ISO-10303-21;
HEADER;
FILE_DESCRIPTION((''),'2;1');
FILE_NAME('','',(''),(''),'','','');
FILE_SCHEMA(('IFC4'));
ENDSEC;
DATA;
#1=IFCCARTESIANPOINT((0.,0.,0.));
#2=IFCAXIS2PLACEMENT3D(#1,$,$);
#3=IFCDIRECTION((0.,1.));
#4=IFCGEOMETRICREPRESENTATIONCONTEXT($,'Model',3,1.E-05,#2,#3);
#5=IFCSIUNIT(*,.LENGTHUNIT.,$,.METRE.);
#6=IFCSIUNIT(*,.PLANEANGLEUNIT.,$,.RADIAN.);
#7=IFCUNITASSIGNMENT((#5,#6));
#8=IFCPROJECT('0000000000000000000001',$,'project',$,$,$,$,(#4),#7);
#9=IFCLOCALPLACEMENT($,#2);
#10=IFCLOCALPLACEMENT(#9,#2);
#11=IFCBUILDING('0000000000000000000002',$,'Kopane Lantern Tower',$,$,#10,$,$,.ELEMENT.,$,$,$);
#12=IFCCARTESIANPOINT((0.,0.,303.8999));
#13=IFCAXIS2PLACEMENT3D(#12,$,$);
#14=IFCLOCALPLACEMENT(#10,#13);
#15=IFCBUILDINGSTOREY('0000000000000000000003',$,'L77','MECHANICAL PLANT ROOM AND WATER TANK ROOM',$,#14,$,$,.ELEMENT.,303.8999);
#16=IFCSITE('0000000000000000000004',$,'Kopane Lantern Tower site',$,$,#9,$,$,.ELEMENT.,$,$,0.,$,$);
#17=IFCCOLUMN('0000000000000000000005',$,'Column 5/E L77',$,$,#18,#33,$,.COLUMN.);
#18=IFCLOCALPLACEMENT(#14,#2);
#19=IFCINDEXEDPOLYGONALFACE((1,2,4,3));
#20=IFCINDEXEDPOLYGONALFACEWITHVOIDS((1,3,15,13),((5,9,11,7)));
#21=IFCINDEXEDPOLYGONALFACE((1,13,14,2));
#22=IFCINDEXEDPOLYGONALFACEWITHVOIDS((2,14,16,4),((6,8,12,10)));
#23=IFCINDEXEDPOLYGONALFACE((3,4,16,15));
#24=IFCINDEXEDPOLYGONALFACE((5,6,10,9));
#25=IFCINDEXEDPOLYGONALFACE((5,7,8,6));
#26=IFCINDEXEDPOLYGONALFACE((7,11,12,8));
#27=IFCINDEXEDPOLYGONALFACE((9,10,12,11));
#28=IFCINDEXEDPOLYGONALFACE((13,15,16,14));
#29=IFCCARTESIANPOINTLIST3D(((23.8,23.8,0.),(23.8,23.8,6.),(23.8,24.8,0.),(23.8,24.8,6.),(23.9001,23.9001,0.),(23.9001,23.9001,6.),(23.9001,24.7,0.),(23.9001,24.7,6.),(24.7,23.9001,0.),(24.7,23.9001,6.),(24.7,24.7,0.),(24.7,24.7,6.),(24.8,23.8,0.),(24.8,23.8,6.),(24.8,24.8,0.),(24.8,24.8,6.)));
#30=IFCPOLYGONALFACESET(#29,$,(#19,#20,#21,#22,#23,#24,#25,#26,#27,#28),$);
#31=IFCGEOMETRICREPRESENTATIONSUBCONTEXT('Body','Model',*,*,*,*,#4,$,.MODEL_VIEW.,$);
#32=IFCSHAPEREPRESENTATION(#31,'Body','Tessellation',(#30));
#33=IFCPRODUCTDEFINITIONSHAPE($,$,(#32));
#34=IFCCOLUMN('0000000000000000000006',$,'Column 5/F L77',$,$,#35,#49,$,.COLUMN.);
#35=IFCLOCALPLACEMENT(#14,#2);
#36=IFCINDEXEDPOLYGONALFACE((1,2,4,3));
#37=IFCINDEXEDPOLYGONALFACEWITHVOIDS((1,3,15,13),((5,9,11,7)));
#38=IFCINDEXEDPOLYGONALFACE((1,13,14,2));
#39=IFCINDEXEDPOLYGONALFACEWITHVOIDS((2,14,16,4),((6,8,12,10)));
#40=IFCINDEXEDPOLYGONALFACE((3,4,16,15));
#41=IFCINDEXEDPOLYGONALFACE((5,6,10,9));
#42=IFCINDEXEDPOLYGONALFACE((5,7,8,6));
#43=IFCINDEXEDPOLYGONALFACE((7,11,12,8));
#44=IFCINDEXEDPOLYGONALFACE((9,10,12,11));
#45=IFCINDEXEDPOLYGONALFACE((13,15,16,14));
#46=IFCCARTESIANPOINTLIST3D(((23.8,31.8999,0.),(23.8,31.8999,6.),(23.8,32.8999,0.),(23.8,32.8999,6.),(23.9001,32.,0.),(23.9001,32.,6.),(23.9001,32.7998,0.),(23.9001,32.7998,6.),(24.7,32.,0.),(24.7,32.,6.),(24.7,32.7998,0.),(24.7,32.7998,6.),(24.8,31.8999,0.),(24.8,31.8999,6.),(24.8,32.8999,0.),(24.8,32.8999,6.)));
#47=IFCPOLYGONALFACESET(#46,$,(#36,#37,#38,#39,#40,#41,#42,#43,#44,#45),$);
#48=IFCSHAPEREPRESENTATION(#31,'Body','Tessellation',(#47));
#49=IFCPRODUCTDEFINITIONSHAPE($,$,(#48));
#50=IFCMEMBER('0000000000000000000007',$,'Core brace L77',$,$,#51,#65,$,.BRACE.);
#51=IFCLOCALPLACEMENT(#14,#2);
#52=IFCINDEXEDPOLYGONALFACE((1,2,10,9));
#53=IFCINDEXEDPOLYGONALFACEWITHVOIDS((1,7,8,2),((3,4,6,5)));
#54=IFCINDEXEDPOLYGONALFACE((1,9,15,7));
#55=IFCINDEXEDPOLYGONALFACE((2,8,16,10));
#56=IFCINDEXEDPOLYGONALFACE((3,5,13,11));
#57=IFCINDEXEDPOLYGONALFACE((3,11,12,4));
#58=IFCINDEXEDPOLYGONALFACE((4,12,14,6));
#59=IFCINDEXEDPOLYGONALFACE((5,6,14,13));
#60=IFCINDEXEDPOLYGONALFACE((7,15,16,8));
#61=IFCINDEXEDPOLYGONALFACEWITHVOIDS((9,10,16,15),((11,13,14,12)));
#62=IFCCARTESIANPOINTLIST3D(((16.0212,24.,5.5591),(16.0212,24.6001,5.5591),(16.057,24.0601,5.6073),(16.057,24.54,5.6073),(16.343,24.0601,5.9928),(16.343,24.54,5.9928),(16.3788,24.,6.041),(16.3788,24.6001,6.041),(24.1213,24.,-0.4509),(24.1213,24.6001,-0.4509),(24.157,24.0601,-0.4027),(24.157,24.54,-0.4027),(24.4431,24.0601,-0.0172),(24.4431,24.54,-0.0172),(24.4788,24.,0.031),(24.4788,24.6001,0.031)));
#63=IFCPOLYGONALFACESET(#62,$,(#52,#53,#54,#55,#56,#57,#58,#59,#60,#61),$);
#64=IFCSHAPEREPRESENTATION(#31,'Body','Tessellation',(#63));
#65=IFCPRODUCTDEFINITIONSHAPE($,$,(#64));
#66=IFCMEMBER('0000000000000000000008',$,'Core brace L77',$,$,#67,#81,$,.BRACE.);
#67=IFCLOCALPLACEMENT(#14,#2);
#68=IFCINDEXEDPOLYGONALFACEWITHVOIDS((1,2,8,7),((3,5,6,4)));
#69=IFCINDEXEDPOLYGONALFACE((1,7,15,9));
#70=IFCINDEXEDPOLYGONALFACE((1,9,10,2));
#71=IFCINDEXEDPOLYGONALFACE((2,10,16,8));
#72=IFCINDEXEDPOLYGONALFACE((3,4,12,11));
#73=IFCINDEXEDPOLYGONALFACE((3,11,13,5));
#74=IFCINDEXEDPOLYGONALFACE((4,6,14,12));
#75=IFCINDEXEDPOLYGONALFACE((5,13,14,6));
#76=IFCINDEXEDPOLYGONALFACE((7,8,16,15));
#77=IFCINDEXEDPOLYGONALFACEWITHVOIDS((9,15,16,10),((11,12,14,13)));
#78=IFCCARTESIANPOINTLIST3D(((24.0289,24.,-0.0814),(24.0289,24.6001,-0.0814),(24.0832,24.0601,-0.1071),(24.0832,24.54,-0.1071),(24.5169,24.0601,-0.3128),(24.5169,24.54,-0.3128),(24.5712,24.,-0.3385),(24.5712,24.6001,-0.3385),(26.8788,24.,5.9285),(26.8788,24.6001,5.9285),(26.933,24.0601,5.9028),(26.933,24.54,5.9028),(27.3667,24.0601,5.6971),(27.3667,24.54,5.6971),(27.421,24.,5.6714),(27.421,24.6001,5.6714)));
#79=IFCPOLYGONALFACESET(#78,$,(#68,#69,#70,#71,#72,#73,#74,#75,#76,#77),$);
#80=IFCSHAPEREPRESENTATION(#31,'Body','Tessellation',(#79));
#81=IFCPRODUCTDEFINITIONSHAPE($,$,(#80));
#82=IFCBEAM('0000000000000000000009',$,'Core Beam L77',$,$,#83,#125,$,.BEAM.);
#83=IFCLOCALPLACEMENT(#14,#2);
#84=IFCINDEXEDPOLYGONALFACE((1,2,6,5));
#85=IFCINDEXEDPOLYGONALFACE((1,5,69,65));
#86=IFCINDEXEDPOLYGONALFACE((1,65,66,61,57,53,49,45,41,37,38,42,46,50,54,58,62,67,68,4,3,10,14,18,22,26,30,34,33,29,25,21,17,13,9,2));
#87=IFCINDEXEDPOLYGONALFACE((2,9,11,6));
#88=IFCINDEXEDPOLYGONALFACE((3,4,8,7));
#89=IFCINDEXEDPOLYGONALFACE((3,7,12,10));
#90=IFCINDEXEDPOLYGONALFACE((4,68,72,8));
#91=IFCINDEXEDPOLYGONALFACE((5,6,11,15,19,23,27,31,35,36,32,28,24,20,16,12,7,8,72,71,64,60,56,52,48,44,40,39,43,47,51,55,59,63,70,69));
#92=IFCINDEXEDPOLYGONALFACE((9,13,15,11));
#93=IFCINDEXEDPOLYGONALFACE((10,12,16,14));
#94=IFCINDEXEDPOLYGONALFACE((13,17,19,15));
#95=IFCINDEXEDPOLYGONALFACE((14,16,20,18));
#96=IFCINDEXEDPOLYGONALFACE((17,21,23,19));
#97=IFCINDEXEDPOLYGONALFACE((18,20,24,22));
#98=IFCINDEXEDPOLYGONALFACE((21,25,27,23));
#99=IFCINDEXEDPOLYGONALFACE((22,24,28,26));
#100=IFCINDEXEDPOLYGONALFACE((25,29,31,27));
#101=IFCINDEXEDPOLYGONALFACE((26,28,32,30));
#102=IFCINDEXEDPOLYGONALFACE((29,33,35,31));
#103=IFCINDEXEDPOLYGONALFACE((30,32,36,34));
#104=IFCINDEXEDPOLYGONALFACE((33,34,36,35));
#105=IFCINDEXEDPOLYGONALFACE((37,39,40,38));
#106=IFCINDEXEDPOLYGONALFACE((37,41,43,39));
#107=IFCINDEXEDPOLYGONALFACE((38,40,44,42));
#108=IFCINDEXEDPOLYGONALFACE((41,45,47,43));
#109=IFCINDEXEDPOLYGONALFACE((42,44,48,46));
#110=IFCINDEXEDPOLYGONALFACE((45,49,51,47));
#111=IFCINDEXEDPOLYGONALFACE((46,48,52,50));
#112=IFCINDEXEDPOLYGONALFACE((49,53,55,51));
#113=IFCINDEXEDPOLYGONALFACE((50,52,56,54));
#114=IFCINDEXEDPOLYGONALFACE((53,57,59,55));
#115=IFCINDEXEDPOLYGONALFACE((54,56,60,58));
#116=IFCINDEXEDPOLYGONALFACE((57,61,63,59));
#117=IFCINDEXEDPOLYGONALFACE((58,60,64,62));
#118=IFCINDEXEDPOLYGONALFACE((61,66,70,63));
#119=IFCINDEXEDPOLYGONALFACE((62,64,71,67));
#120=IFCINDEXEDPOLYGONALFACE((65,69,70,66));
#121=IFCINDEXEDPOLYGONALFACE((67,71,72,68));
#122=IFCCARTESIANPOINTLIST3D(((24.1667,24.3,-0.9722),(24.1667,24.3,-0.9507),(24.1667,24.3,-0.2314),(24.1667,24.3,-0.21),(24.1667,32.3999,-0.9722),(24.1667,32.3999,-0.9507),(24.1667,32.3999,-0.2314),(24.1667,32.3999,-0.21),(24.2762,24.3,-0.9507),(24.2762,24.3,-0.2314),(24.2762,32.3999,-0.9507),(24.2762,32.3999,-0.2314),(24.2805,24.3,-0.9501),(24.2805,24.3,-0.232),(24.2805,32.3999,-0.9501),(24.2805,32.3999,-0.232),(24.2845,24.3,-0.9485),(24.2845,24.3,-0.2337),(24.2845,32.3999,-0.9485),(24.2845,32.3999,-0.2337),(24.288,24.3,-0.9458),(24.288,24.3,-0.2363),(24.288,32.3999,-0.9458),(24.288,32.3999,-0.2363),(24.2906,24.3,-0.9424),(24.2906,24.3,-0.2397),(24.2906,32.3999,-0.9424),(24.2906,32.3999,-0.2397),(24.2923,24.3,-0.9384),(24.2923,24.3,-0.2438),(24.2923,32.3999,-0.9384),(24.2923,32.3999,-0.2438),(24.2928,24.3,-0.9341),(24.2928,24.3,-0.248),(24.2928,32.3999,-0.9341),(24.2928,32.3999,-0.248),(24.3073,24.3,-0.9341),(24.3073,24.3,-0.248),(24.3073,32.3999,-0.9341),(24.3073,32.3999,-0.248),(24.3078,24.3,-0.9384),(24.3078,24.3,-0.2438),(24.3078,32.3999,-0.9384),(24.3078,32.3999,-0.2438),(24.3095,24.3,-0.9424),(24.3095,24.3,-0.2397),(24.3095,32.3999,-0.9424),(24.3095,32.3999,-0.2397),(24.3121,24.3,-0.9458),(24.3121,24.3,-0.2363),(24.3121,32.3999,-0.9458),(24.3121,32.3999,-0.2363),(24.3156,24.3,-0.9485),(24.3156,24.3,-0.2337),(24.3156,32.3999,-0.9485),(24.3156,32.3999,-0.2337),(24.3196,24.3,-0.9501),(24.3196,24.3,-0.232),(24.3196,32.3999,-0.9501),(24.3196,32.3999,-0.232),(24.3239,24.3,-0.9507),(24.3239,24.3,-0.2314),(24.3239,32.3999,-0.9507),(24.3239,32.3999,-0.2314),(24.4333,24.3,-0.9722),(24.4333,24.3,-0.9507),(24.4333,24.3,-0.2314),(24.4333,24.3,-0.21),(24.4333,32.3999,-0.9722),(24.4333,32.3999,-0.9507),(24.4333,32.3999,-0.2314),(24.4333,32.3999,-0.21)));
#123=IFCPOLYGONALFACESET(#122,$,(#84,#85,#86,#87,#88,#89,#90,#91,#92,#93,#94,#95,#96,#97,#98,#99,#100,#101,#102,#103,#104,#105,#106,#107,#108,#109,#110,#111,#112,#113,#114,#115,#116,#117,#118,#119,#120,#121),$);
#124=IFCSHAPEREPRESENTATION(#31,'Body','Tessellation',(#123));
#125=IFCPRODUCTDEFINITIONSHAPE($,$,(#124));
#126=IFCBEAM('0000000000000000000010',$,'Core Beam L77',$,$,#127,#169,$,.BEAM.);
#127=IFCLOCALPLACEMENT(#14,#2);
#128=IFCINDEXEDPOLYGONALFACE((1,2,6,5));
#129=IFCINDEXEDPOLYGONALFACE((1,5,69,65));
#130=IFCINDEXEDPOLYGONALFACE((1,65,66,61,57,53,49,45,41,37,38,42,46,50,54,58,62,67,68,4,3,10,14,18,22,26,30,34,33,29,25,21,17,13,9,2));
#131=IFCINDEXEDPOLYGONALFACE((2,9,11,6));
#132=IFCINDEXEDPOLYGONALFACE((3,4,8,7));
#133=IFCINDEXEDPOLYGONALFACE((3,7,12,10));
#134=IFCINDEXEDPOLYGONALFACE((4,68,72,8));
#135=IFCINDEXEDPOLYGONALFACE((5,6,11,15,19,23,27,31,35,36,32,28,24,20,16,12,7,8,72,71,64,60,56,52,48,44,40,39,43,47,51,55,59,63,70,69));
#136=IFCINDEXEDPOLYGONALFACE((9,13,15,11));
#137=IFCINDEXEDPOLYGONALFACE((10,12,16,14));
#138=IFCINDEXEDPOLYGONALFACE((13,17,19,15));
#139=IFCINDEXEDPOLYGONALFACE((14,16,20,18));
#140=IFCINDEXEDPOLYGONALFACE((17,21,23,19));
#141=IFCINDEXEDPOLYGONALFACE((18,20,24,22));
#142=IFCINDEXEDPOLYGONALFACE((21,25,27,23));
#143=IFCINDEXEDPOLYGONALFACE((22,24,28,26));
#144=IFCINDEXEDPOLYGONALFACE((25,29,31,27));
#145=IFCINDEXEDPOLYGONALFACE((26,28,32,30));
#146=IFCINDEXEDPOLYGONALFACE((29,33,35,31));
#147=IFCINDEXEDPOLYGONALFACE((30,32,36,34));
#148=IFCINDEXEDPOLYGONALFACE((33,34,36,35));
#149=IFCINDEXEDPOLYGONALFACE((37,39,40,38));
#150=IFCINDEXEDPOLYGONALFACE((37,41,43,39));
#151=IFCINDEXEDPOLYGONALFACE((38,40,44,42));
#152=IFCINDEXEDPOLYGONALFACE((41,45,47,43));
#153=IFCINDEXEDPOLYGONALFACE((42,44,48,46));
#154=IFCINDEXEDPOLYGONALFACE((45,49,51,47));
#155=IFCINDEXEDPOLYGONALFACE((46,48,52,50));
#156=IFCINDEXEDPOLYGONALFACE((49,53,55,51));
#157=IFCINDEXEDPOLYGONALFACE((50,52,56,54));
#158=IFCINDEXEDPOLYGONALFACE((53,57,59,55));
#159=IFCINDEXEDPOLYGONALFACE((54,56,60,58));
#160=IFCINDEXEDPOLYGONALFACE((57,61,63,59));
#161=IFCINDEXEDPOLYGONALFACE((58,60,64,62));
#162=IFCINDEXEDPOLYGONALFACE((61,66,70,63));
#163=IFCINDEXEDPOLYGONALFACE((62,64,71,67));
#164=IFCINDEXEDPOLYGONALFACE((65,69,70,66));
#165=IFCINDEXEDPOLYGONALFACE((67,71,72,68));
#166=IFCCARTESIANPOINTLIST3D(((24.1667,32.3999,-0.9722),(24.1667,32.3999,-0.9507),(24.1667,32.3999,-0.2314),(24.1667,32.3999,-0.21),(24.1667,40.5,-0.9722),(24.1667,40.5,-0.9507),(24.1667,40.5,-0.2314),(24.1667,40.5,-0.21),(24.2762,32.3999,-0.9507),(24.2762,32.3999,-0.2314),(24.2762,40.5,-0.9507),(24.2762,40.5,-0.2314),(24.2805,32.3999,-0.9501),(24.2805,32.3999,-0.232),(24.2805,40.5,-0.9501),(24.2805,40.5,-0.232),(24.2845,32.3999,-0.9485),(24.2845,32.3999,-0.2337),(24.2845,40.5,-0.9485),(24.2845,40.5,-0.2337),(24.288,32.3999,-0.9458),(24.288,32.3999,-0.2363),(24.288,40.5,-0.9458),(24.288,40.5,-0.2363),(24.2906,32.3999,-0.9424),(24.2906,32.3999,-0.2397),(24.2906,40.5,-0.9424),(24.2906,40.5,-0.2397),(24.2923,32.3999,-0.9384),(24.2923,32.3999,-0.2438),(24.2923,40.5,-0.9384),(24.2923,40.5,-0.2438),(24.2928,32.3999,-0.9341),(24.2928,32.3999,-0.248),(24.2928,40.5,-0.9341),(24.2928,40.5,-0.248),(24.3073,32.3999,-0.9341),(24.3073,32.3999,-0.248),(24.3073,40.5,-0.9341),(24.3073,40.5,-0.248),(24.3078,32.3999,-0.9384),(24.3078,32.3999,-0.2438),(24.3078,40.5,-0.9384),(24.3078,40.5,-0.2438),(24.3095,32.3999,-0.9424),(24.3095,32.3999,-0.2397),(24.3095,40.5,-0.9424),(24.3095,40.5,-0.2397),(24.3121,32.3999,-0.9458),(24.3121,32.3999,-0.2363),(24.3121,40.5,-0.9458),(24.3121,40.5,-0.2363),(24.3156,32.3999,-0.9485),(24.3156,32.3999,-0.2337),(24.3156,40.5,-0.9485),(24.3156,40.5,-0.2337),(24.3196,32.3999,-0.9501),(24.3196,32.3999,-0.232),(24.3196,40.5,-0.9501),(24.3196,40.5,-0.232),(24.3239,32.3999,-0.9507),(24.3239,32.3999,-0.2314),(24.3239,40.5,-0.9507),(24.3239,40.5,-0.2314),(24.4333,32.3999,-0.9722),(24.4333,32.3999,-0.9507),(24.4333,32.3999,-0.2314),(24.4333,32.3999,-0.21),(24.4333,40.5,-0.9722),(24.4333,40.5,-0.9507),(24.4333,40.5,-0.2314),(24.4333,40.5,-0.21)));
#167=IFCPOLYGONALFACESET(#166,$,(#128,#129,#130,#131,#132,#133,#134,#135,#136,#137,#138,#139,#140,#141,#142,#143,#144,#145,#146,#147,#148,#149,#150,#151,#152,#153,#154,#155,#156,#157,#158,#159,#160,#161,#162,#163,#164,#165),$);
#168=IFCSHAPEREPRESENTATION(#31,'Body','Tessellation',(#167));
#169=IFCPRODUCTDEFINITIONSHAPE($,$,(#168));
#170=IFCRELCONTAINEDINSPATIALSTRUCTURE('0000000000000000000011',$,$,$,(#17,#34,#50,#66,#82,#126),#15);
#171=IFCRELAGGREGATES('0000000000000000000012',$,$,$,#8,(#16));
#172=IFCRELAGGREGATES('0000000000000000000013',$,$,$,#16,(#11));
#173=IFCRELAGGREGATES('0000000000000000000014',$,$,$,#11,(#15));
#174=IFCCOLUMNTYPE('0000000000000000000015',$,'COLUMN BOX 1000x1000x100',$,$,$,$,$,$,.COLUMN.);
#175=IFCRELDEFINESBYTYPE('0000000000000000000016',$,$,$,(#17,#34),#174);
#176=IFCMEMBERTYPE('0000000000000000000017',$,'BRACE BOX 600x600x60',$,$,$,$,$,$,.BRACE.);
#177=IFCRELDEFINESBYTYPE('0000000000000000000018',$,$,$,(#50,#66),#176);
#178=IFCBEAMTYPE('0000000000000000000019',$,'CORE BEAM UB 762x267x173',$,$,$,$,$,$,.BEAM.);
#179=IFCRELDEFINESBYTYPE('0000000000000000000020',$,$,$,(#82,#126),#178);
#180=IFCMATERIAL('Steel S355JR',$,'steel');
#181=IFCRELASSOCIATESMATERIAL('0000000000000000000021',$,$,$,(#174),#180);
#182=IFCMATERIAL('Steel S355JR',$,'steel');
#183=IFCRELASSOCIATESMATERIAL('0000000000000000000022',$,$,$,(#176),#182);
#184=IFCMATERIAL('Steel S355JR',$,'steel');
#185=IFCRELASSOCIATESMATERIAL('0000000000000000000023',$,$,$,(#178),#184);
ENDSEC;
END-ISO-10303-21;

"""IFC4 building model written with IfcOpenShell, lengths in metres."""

from ifc_helpers import new_model, si_unit, direction, frame, origin, origin_2d, place, context, subcontext, project, spatial, hollow_rectangle, i_section, extrude, material, material_profile, profile_set, type_object, element, save


model = new_model("IFC4")

# Units and contexts
model_context = context("Model", 3, precision=1e-05, world=origin(), true_north=direction((0.0, 1.0)))
body_context = subcontext(model_context, "Body", "Model", "MODEL_VIEW")
ifc_project = project(units=[si_unit("LENGTHUNIT", "METRE"), si_unit("PLANEANGLEUNIT", "RADIAN")], contexts=[model_context])

# Site, building, storey
site_placement = place(None, origin())
site = spatial("IfcSite", under=ifc_project, at=site_placement, Name="Kopane Lantern Tower site", CompositionType="ELEMENT", RefElevation=0.0)
building_placement = place(site_placement, origin())
building = spatial("IfcBuilding", under=site, at=building_placement, Name="Kopane Lantern Tower", CompositionType="ELEMENT")
storey_placement = place(building_placement, frame((0.0, 0.0, 303.8999)))
storey = spatial("IfcBuildingStorey", under=building, at=storey_placement, Name="L77", Description="MECHANICAL PLANT ROOM AND WATER TANK ROOM", CompositionType="ELEMENT", Elevation=303.8999)

# Columns
ifc_material_1 = material(Name="Steel S355JR", Category="steel")
ifc_material_profile_1 = material_profile(ifc_material_1, hollow_rectangle(XDim=1.0, YDim=1.0, WallThickness=0.1001, at=origin_2d()), Name="BOX 1000x1000x100")
ifc_profile_set_1 = profile_set([ifc_material_profile_1], Name="Steel S355JR")
column_type = type_object("IfcColumnType", Name="COLUMN BOX 1000x1000x100", PredefinedType="COLUMN", material=ifc_profile_set_1)
for number, where, z_axis, x_axis, name in (
    (1, (24.3, 24.3, 0.0), (0.0, 0.0, 1.0), (1.0, 0.0, 0.0), "Column 5/E L77"),
    (2, (24.3, 32.3999, 0.0), (0.0, 0.0, 1.0), (1.0, 0.0, 0.0), "Column 5/F L77"),
):
    element("IfcColumn", number, at=place(storey_placement, frame(where, z_axis=z_axis, x_axis=x_axis)), inside=storey, type_object=column_type, Name=name, PredefinedType="COLUMN", context=body_context, shape_type="SweptSolid", body=[
        extrude(hollow_rectangle(XDim=1.0, YDim=1.0, WallThickness=0.1001, at=origin_2d()), origin(), (0.0, 0.0, 1.0), 6.0),
    ])

# Members
ifc_material_2 = material(Name="Steel S355JR", Category="steel")
ifc_material_profile_2 = material_profile(ifc_material_2, hollow_rectangle(XDim=0.6001, YDim=0.6001, WallThickness=0.0601, at=origin_2d()), Name="BOX 600x600x60")
ifc_profile_set_2 = profile_set([ifc_material_profile_2], Name="Steel S355JR")
member_type = type_object("IfcMemberType", Name="BRACE BOX 600x600x60", PredefinedType="BRACE", material=ifc_profile_set_2)
member_1_placement = place(storey_placement, frame((24.3, 24.3, -0.21), z_axis=(-0.803086, 0.0, 0.595864), x_axis=(0.0, -1.0, 0.0)))
element("IfcMember", 3, at=member_1_placement, inside=storey, type_object=member_type, Name="Core brace L77", PredefinedType="BRACE", context=body_context, shape_type="SweptSolid", body=[
    extrude(hollow_rectangle(XDim=0.6001, YDim=0.6001, WallThickness=0.0601, at=origin_2d()), origin(), (0.0, 0.0, 1.0), 10.0862),
])
member_2_placement = place(storey_placement, frame((24.3, 24.3, -0.21), z_axis=(0.428456, 0.0, 0.903563), x_axis=(0.0, 1.0, 0.0)))
element("IfcMember", 4, at=member_2_placement, inside=storey, type_object=member_type, Name="Core brace L77", PredefinedType="BRACE", context=body_context, shape_type="SweptSolid", body=[
    extrude(hollow_rectangle(XDim=0.6001, YDim=0.6001, WallThickness=0.0601, at=origin_2d()), origin(), (0.0, 0.0, 1.0), 6.6514),
])

# Beams
ifc_material_3 = material(Name="Steel S355JR", Category="steel")
ifc_material_profile_3 = material_profile(ifc_material_3, i_section(OverallWidth=0.2666, OverallDepth=0.7622, WebThickness=0.0144, FlangeThickness=0.0215, FilletRadius=0.0166, at=origin_2d()), Name="UB 762x267x173")
ifc_profile_set_3 = profile_set([ifc_material_profile_3], Name="Steel S355JR")
beam_type_1 = type_object("IfcBeamType", Name="CORE BEAM UB 762x267x173", PredefinedType="BEAM", material=ifc_profile_set_3)
beam_1_placement = place(storey_placement, frame((24.3, 24.3, -0.5911), z_axis=(0.0, 1.0, 0.0), x_axis=(-1.0, 0.0, 0.0)))
element("IfcBeam", 5, at=beam_1_placement, inside=storey, type_object=beam_type_1, Name="Core Beam L77", PredefinedType="BEAM", context=body_context, shape_type="SweptSolid", body=[
    extrude(i_section(OverallWidth=0.2666, OverallDepth=0.7622, WebThickness=0.0144, FlangeThickness=0.0215, FilletRadius=0.0166, at=origin_2d()), origin(), (0.0, 0.0, 1.0), 8.0999),
])
beam_2_placement = place(storey_placement, frame((24.3, 32.3999, -0.5911), z_axis=(0.0, 1.0, 0.0), x_axis=(-1.0, 0.0, 0.0)))
element("IfcBeam", 6, at=beam_2_placement, inside=storey, type_object=beam_type_1, Name="Core Beam L77", PredefinedType="BEAM", context=body_context, shape_type="SweptSolid", body=[
    extrude(i_section(OverallWidth=0.2666, OverallDepth=0.7622, WebThickness=0.0144, FlangeThickness=0.0215, FilletRadius=0.0166, at=origin_2d()), origin(), (0.0, 0.0, 1.0), 8.1001),
])

save(model, "model.ifc")
